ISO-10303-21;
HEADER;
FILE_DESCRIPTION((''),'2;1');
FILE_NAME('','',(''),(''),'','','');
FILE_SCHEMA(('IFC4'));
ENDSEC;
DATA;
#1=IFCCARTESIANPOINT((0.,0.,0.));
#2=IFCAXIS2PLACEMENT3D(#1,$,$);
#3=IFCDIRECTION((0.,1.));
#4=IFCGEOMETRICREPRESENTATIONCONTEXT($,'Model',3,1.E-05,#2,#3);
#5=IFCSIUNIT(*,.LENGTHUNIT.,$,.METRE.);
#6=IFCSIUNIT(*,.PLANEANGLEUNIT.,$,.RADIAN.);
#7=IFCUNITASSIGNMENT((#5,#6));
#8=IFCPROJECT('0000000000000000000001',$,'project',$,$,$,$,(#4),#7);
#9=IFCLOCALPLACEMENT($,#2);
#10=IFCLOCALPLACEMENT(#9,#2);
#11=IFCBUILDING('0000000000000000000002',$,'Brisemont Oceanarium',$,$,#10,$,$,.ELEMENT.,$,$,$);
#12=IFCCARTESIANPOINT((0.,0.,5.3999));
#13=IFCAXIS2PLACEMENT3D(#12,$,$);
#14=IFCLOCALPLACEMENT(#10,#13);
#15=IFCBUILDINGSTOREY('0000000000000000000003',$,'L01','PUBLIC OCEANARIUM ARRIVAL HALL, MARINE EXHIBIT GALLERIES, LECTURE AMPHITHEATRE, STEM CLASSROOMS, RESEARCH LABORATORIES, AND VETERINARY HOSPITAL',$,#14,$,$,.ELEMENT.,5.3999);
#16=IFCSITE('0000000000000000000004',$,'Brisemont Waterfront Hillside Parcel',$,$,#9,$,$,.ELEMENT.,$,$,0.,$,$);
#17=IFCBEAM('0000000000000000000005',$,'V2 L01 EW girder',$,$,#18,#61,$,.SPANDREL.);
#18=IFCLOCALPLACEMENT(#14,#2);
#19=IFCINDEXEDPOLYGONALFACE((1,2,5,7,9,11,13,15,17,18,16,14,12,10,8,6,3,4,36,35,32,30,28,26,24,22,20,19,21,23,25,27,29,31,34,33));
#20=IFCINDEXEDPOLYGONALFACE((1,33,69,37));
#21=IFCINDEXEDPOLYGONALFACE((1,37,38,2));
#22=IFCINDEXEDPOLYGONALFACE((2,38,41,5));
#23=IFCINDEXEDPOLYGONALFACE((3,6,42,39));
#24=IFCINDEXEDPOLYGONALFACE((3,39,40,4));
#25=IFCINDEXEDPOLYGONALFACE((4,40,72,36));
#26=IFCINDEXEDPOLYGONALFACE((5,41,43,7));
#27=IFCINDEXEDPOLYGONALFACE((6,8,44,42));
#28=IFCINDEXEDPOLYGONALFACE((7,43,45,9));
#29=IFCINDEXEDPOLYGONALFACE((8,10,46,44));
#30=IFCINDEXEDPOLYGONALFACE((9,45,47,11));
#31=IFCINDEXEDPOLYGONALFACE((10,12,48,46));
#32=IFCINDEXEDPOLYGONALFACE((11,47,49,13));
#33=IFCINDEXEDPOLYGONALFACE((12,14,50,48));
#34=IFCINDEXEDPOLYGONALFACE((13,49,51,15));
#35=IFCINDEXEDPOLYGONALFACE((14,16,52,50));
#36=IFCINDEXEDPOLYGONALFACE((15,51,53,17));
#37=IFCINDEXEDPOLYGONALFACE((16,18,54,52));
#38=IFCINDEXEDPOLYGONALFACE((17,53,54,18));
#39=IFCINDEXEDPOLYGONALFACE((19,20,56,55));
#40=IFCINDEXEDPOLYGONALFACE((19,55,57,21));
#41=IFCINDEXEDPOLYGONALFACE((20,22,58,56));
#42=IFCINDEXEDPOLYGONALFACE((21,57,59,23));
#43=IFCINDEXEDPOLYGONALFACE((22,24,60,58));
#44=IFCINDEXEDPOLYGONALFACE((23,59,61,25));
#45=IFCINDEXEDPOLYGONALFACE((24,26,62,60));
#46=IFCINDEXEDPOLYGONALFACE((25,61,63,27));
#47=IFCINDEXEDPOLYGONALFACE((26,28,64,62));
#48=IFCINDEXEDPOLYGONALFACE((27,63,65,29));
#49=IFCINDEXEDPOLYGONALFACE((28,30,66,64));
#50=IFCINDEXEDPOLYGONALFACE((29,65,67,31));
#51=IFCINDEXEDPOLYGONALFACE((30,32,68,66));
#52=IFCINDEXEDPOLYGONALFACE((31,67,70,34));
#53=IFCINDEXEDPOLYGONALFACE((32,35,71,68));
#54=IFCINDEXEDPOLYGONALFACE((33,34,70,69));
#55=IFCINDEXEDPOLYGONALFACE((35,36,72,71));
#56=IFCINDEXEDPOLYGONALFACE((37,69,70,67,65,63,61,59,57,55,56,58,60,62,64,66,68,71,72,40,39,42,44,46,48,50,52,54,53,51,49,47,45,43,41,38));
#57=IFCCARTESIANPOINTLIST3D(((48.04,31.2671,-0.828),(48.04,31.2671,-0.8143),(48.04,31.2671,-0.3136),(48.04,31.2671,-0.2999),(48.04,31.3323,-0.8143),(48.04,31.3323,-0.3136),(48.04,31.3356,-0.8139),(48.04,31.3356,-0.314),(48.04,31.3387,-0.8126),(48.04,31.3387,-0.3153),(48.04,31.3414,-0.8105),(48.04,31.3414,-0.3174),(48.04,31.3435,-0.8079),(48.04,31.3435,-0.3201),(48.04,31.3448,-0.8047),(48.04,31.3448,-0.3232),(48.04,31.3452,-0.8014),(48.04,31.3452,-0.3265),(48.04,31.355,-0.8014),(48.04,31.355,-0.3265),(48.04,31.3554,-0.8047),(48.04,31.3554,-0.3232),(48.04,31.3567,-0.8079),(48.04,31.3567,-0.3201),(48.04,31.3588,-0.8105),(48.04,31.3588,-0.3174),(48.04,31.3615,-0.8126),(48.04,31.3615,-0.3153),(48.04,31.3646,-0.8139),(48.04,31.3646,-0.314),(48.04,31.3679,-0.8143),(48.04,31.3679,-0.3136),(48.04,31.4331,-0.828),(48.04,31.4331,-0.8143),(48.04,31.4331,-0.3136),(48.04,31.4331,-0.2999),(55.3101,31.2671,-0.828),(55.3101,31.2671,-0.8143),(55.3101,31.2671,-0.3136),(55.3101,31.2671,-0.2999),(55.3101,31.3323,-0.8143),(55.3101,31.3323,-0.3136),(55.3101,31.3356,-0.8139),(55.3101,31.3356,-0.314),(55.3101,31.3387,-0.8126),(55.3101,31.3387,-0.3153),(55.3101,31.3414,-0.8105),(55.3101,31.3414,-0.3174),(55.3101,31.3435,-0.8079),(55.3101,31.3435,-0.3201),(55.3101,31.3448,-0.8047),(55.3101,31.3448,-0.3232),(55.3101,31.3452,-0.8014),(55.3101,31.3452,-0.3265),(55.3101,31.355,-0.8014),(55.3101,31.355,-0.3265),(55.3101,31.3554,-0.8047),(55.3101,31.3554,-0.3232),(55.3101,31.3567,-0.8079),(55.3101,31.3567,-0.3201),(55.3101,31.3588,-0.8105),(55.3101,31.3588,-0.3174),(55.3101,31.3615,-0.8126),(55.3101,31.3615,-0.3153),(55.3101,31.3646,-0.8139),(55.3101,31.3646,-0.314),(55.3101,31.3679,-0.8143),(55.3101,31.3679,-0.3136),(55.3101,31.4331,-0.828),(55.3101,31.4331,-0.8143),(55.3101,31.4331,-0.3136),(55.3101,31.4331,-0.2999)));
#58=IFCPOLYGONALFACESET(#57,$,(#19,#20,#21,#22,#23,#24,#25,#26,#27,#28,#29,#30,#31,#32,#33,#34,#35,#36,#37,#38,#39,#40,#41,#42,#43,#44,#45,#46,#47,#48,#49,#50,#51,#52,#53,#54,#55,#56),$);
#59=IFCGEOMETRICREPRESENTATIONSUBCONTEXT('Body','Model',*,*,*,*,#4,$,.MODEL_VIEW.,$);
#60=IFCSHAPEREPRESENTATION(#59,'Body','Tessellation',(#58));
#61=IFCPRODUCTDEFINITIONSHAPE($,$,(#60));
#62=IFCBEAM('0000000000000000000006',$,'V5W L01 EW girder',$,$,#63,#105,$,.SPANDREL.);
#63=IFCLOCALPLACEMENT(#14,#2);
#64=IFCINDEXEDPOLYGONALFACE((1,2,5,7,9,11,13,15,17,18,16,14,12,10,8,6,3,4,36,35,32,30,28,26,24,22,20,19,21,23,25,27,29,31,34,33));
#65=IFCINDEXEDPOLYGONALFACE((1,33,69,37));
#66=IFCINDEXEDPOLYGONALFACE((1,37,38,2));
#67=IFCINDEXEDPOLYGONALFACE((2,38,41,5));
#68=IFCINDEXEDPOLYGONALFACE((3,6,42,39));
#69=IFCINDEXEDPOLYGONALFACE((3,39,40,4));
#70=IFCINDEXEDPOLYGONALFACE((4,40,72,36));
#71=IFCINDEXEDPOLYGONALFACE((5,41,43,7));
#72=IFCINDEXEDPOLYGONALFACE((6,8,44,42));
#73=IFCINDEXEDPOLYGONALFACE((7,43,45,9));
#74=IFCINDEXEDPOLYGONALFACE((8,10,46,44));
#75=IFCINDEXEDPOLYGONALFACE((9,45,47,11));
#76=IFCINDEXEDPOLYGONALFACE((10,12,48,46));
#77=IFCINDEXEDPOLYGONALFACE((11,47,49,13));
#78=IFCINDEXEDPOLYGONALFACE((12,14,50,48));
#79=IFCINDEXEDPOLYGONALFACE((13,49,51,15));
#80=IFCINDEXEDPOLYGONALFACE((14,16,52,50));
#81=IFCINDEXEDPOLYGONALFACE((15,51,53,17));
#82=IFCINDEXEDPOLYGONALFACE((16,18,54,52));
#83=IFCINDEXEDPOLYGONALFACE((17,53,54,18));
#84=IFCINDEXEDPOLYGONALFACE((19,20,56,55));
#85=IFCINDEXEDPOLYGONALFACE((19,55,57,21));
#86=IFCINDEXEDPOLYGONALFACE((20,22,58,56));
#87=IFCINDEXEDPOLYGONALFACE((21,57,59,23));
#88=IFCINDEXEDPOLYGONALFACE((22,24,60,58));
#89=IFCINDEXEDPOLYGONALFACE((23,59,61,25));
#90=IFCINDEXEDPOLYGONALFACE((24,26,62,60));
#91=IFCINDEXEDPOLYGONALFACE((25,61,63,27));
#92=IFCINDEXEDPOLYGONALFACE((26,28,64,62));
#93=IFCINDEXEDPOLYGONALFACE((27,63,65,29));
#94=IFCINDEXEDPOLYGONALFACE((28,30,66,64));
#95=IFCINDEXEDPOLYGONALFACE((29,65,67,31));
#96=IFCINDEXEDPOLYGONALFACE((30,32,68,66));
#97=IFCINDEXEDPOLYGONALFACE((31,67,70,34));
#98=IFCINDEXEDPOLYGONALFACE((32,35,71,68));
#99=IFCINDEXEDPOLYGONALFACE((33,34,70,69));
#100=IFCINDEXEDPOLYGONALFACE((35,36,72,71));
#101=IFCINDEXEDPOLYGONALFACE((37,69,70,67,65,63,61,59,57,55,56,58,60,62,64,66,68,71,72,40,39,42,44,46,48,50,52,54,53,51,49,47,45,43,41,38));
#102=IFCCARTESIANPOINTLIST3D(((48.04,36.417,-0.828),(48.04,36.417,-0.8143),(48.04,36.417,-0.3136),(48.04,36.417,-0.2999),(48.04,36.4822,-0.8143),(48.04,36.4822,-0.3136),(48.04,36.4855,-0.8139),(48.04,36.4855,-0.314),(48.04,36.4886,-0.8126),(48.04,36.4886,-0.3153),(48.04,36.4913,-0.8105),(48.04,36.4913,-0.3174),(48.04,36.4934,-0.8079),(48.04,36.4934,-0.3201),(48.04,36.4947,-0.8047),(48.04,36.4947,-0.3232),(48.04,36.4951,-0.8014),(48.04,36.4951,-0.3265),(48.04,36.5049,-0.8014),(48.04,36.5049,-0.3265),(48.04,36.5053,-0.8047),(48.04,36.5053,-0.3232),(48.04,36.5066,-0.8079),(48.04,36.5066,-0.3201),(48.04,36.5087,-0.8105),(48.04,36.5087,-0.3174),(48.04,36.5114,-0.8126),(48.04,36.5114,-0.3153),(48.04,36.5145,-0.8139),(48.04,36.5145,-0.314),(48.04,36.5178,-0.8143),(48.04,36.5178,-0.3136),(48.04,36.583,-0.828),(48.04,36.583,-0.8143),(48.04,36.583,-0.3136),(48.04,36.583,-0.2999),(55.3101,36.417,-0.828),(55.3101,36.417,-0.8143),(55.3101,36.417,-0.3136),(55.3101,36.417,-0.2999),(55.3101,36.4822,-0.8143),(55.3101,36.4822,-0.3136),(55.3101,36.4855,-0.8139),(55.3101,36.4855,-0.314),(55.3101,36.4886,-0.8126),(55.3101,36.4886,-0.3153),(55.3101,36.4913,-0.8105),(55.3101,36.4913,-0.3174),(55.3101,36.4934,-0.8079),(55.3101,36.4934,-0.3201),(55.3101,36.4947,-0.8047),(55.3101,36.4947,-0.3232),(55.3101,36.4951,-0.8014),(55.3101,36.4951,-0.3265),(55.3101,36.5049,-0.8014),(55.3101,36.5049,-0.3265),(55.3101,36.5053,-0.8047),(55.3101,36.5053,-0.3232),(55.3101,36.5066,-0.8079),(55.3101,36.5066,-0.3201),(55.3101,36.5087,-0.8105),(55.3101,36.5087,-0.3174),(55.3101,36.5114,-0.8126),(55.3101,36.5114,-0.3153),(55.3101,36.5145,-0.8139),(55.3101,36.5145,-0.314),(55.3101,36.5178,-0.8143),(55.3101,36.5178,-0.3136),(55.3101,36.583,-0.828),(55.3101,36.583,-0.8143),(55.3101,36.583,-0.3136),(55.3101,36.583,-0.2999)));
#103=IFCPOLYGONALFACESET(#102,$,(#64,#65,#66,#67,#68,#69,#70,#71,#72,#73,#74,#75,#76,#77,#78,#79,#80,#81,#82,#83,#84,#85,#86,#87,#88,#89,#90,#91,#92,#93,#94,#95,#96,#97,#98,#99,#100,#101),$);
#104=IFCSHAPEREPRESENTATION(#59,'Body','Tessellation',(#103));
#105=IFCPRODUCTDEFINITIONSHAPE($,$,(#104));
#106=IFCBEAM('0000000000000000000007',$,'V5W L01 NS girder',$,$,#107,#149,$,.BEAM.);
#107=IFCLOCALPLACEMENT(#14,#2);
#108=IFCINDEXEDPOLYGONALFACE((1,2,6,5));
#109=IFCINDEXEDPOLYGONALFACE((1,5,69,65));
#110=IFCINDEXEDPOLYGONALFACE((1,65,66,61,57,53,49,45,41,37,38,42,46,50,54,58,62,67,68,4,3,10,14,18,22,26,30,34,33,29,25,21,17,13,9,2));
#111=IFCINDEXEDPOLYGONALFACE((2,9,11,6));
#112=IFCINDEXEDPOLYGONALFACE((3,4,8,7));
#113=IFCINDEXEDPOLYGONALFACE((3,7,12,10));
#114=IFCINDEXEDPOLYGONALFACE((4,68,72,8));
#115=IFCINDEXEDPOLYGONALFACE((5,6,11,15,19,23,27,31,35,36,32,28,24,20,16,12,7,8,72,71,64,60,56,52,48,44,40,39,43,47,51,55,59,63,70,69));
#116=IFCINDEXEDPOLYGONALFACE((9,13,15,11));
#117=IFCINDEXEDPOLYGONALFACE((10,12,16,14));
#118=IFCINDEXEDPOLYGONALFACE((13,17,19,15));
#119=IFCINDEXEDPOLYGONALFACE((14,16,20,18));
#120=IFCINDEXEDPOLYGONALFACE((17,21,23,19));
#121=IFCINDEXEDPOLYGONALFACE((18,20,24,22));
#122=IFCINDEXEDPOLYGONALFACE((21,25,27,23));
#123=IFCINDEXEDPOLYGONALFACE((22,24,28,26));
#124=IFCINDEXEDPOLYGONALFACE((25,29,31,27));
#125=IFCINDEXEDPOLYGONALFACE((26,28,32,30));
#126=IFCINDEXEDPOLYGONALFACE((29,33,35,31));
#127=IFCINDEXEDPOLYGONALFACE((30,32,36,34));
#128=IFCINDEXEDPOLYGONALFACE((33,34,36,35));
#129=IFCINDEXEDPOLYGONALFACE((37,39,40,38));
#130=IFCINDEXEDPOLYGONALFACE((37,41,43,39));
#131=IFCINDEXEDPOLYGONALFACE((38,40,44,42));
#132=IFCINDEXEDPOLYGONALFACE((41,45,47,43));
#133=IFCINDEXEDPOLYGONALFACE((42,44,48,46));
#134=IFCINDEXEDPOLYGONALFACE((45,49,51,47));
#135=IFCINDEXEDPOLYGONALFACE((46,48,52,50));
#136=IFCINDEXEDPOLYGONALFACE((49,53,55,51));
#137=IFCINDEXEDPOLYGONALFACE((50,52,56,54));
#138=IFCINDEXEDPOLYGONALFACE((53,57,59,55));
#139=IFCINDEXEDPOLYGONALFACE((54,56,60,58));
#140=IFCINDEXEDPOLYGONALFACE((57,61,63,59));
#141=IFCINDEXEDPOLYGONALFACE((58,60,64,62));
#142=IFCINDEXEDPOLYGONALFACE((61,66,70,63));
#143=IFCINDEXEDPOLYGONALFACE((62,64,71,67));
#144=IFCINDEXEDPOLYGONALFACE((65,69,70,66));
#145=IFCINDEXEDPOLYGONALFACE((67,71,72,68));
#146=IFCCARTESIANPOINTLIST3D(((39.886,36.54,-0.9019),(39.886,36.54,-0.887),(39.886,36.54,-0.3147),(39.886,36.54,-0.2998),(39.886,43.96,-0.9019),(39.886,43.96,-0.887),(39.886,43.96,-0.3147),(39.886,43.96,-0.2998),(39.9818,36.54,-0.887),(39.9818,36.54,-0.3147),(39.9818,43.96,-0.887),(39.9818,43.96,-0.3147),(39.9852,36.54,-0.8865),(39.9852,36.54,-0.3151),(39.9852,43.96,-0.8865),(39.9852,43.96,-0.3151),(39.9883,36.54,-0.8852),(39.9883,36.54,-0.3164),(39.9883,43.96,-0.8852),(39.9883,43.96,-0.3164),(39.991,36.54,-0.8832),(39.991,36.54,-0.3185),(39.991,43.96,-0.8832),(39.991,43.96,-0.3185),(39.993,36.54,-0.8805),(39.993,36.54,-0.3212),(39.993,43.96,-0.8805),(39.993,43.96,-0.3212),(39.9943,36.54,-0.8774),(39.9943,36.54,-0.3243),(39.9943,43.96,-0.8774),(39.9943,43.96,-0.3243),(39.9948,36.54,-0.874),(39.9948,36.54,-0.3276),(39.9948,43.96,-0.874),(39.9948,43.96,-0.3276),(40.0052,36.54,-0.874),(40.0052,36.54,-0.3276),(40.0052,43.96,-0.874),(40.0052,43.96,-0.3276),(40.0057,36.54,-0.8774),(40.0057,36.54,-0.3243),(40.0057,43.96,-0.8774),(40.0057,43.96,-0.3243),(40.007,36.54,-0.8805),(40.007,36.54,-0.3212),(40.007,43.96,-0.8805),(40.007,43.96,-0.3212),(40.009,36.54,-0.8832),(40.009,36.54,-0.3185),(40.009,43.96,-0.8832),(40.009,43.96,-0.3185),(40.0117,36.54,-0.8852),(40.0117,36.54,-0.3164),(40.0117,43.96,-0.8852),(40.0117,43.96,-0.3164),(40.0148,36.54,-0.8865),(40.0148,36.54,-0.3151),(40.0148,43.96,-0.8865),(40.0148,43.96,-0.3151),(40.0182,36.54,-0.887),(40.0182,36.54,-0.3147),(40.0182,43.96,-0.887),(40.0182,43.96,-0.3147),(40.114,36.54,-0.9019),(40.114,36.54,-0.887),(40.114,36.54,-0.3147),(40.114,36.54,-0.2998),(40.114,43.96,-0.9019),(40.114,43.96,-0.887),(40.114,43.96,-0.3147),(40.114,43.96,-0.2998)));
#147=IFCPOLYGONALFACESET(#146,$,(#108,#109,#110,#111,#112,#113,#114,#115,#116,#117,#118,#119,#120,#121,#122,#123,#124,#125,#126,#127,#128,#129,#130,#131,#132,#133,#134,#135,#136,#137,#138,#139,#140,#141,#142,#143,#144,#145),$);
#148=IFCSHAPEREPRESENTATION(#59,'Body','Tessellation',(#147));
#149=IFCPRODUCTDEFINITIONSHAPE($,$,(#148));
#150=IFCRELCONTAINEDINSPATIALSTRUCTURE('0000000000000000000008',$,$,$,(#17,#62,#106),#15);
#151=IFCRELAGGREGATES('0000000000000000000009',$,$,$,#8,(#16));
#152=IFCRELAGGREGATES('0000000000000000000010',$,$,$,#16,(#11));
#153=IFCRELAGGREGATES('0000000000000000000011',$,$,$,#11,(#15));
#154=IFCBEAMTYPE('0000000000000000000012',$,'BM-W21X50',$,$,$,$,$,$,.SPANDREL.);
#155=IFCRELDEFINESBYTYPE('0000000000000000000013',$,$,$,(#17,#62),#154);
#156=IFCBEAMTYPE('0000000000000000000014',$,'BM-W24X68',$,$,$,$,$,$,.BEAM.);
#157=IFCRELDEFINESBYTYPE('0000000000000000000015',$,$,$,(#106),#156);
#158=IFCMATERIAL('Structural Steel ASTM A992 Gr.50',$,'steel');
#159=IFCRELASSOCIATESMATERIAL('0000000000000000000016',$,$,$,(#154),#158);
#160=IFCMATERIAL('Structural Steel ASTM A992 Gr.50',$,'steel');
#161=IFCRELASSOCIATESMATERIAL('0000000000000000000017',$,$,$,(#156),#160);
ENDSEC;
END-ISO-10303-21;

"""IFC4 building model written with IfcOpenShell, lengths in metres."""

from ifc_helpers import new_model, si_unit, direction, frame, origin, origin_2d, place, context, subcontext, project, spatial, i_section, extrude, material, material_profile, profile_set, type_object, element, save


model = new_model("IFC4")

# Units and contexts
model_context = context("Model", 3, precision=1e-05, world=origin(), true_north=direction((0.0, 1.0)))
body_context = subcontext(model_context, "Body", "Model", "MODEL_VIEW")
ifc_project = project(units=[si_unit("LENGTHUNIT", "METRE"), si_unit("PLANEANGLEUNIT", "RADIAN")], contexts=[model_context])

# Site, building, storey
site_placement = place(None, origin())
site = spatial("IfcSite", under=ifc_project, at=site_placement, Name="Brisemont Waterfront Hillside Parcel", CompositionType="ELEMENT", RefElevation=0.0)
building_placement = place(site_placement, origin())
building = spatial("IfcBuilding", under=site, at=building_placement, Name="Brisemont Oceanarium", CompositionType="ELEMENT")
storey_placement = place(building_placement, frame((0.0, 0.0, 5.3999)))
storey = spatial("IfcBuildingStorey", under=building, at=storey_placement, Name="L01", Description="PUBLIC OCEANARIUM ARRIVAL HALL, MARINE EXHIBIT GALLERIES, LECTURE AMPHITHEATRE, STEM CLASSROOMS, RESEARCH LABORATORIES, AND VETERINARY HOSPITAL", CompositionType="ELEMENT", Elevation=5.3999)

# Beams
ifc_material_1 = material(Name="Structural Steel ASTM A992 Gr.50", Category="steel")
ifc_material_profile_1 = material_profile(ifc_material_1, i_section(OverallWidth=0.166, OverallDepth=0.5281, WebThickness=0.0098, FlangeThickness=0.0137, FilletRadius=0.0129, at=origin_2d()), Name="W21X50")
ifc_profile_set_1 = profile_set([ifc_material_profile_1], Name="Structural Steel ASTM A992 Gr.50")
beam_type_1 = type_object("IfcBeamType", Name="BM-W21X50", PredefinedType="SPANDREL", material=ifc_profile_set_1)
for number, where, z_axis, x_axis, name in (
    (1, (48.04, 31.3501, -0.564), (1.0, 0.0, 0.0), (0.0, 1.0, 0.0), "V2 L01 EW girder"),
    (2, (48.04, 36.5, -0.564), (1.0, 0.0, 0.0), (0.0, 1.0, 0.0), "V5W L01 EW girder"),
):
    element("IfcBeam", number, at=place(storey_placement, frame(where, z_axis=z_axis, x_axis=x_axis)), inside=storey, type_object=beam_type_1, Name=name, PredefinedType="SPANDREL", context=body_context, shape_type="SweptSolid", body=[
        extrude(i_section(OverallWidth=0.166, OverallDepth=0.5281, WebThickness=0.0098, FlangeThickness=0.0137, FilletRadius=0.0129, at=origin_2d()), origin(), (0.0, 0.0, 1.0), 7.27),
    ])
ifc_material_2 = material(Name="Structural Steel ASTM A992 Gr.50", Category="steel")
ifc_material_profile_2 = material_profile(ifc_material_2, i_section(OverallWidth=0.228, OverallDepth=0.6021, WebThickness=0.0105, FlangeThickness=0.0149, FilletRadius=0.0129, at=origin_2d()), Name="W24X68")
ifc_profile_set_2 = profile_set([ifc_material_profile_2], Name="Structural Steel ASTM A992 Gr.50")
beam_type_2 = type_object("IfcBeamType", Name="BM-W24X68", PredefinedType="BEAM", material=ifc_profile_set_2)
beam_1_placement = place(storey_placement, frame((40.0, 36.54, -0.6008), z_axis=(0.0, 1.0, 0.0), x_axis=(-1.0, 0.0, 0.0)))
element("IfcBeam", 3, at=beam_1_placement, inside=storey, type_object=beam_type_2, Name="V5W L01 NS girder", PredefinedType="BEAM", context=body_context, shape_type="SweptSolid", body=[
    extrude(i_section(OverallWidth=0.228, OverallDepth=0.6021, WebThickness=0.0105, FlangeThickness=0.0149, FilletRadius=0.0129, at=origin_2d()), origin(), (0.0, 0.0, 1.0), 7.4199),
])

save(model, "model.ifc")
